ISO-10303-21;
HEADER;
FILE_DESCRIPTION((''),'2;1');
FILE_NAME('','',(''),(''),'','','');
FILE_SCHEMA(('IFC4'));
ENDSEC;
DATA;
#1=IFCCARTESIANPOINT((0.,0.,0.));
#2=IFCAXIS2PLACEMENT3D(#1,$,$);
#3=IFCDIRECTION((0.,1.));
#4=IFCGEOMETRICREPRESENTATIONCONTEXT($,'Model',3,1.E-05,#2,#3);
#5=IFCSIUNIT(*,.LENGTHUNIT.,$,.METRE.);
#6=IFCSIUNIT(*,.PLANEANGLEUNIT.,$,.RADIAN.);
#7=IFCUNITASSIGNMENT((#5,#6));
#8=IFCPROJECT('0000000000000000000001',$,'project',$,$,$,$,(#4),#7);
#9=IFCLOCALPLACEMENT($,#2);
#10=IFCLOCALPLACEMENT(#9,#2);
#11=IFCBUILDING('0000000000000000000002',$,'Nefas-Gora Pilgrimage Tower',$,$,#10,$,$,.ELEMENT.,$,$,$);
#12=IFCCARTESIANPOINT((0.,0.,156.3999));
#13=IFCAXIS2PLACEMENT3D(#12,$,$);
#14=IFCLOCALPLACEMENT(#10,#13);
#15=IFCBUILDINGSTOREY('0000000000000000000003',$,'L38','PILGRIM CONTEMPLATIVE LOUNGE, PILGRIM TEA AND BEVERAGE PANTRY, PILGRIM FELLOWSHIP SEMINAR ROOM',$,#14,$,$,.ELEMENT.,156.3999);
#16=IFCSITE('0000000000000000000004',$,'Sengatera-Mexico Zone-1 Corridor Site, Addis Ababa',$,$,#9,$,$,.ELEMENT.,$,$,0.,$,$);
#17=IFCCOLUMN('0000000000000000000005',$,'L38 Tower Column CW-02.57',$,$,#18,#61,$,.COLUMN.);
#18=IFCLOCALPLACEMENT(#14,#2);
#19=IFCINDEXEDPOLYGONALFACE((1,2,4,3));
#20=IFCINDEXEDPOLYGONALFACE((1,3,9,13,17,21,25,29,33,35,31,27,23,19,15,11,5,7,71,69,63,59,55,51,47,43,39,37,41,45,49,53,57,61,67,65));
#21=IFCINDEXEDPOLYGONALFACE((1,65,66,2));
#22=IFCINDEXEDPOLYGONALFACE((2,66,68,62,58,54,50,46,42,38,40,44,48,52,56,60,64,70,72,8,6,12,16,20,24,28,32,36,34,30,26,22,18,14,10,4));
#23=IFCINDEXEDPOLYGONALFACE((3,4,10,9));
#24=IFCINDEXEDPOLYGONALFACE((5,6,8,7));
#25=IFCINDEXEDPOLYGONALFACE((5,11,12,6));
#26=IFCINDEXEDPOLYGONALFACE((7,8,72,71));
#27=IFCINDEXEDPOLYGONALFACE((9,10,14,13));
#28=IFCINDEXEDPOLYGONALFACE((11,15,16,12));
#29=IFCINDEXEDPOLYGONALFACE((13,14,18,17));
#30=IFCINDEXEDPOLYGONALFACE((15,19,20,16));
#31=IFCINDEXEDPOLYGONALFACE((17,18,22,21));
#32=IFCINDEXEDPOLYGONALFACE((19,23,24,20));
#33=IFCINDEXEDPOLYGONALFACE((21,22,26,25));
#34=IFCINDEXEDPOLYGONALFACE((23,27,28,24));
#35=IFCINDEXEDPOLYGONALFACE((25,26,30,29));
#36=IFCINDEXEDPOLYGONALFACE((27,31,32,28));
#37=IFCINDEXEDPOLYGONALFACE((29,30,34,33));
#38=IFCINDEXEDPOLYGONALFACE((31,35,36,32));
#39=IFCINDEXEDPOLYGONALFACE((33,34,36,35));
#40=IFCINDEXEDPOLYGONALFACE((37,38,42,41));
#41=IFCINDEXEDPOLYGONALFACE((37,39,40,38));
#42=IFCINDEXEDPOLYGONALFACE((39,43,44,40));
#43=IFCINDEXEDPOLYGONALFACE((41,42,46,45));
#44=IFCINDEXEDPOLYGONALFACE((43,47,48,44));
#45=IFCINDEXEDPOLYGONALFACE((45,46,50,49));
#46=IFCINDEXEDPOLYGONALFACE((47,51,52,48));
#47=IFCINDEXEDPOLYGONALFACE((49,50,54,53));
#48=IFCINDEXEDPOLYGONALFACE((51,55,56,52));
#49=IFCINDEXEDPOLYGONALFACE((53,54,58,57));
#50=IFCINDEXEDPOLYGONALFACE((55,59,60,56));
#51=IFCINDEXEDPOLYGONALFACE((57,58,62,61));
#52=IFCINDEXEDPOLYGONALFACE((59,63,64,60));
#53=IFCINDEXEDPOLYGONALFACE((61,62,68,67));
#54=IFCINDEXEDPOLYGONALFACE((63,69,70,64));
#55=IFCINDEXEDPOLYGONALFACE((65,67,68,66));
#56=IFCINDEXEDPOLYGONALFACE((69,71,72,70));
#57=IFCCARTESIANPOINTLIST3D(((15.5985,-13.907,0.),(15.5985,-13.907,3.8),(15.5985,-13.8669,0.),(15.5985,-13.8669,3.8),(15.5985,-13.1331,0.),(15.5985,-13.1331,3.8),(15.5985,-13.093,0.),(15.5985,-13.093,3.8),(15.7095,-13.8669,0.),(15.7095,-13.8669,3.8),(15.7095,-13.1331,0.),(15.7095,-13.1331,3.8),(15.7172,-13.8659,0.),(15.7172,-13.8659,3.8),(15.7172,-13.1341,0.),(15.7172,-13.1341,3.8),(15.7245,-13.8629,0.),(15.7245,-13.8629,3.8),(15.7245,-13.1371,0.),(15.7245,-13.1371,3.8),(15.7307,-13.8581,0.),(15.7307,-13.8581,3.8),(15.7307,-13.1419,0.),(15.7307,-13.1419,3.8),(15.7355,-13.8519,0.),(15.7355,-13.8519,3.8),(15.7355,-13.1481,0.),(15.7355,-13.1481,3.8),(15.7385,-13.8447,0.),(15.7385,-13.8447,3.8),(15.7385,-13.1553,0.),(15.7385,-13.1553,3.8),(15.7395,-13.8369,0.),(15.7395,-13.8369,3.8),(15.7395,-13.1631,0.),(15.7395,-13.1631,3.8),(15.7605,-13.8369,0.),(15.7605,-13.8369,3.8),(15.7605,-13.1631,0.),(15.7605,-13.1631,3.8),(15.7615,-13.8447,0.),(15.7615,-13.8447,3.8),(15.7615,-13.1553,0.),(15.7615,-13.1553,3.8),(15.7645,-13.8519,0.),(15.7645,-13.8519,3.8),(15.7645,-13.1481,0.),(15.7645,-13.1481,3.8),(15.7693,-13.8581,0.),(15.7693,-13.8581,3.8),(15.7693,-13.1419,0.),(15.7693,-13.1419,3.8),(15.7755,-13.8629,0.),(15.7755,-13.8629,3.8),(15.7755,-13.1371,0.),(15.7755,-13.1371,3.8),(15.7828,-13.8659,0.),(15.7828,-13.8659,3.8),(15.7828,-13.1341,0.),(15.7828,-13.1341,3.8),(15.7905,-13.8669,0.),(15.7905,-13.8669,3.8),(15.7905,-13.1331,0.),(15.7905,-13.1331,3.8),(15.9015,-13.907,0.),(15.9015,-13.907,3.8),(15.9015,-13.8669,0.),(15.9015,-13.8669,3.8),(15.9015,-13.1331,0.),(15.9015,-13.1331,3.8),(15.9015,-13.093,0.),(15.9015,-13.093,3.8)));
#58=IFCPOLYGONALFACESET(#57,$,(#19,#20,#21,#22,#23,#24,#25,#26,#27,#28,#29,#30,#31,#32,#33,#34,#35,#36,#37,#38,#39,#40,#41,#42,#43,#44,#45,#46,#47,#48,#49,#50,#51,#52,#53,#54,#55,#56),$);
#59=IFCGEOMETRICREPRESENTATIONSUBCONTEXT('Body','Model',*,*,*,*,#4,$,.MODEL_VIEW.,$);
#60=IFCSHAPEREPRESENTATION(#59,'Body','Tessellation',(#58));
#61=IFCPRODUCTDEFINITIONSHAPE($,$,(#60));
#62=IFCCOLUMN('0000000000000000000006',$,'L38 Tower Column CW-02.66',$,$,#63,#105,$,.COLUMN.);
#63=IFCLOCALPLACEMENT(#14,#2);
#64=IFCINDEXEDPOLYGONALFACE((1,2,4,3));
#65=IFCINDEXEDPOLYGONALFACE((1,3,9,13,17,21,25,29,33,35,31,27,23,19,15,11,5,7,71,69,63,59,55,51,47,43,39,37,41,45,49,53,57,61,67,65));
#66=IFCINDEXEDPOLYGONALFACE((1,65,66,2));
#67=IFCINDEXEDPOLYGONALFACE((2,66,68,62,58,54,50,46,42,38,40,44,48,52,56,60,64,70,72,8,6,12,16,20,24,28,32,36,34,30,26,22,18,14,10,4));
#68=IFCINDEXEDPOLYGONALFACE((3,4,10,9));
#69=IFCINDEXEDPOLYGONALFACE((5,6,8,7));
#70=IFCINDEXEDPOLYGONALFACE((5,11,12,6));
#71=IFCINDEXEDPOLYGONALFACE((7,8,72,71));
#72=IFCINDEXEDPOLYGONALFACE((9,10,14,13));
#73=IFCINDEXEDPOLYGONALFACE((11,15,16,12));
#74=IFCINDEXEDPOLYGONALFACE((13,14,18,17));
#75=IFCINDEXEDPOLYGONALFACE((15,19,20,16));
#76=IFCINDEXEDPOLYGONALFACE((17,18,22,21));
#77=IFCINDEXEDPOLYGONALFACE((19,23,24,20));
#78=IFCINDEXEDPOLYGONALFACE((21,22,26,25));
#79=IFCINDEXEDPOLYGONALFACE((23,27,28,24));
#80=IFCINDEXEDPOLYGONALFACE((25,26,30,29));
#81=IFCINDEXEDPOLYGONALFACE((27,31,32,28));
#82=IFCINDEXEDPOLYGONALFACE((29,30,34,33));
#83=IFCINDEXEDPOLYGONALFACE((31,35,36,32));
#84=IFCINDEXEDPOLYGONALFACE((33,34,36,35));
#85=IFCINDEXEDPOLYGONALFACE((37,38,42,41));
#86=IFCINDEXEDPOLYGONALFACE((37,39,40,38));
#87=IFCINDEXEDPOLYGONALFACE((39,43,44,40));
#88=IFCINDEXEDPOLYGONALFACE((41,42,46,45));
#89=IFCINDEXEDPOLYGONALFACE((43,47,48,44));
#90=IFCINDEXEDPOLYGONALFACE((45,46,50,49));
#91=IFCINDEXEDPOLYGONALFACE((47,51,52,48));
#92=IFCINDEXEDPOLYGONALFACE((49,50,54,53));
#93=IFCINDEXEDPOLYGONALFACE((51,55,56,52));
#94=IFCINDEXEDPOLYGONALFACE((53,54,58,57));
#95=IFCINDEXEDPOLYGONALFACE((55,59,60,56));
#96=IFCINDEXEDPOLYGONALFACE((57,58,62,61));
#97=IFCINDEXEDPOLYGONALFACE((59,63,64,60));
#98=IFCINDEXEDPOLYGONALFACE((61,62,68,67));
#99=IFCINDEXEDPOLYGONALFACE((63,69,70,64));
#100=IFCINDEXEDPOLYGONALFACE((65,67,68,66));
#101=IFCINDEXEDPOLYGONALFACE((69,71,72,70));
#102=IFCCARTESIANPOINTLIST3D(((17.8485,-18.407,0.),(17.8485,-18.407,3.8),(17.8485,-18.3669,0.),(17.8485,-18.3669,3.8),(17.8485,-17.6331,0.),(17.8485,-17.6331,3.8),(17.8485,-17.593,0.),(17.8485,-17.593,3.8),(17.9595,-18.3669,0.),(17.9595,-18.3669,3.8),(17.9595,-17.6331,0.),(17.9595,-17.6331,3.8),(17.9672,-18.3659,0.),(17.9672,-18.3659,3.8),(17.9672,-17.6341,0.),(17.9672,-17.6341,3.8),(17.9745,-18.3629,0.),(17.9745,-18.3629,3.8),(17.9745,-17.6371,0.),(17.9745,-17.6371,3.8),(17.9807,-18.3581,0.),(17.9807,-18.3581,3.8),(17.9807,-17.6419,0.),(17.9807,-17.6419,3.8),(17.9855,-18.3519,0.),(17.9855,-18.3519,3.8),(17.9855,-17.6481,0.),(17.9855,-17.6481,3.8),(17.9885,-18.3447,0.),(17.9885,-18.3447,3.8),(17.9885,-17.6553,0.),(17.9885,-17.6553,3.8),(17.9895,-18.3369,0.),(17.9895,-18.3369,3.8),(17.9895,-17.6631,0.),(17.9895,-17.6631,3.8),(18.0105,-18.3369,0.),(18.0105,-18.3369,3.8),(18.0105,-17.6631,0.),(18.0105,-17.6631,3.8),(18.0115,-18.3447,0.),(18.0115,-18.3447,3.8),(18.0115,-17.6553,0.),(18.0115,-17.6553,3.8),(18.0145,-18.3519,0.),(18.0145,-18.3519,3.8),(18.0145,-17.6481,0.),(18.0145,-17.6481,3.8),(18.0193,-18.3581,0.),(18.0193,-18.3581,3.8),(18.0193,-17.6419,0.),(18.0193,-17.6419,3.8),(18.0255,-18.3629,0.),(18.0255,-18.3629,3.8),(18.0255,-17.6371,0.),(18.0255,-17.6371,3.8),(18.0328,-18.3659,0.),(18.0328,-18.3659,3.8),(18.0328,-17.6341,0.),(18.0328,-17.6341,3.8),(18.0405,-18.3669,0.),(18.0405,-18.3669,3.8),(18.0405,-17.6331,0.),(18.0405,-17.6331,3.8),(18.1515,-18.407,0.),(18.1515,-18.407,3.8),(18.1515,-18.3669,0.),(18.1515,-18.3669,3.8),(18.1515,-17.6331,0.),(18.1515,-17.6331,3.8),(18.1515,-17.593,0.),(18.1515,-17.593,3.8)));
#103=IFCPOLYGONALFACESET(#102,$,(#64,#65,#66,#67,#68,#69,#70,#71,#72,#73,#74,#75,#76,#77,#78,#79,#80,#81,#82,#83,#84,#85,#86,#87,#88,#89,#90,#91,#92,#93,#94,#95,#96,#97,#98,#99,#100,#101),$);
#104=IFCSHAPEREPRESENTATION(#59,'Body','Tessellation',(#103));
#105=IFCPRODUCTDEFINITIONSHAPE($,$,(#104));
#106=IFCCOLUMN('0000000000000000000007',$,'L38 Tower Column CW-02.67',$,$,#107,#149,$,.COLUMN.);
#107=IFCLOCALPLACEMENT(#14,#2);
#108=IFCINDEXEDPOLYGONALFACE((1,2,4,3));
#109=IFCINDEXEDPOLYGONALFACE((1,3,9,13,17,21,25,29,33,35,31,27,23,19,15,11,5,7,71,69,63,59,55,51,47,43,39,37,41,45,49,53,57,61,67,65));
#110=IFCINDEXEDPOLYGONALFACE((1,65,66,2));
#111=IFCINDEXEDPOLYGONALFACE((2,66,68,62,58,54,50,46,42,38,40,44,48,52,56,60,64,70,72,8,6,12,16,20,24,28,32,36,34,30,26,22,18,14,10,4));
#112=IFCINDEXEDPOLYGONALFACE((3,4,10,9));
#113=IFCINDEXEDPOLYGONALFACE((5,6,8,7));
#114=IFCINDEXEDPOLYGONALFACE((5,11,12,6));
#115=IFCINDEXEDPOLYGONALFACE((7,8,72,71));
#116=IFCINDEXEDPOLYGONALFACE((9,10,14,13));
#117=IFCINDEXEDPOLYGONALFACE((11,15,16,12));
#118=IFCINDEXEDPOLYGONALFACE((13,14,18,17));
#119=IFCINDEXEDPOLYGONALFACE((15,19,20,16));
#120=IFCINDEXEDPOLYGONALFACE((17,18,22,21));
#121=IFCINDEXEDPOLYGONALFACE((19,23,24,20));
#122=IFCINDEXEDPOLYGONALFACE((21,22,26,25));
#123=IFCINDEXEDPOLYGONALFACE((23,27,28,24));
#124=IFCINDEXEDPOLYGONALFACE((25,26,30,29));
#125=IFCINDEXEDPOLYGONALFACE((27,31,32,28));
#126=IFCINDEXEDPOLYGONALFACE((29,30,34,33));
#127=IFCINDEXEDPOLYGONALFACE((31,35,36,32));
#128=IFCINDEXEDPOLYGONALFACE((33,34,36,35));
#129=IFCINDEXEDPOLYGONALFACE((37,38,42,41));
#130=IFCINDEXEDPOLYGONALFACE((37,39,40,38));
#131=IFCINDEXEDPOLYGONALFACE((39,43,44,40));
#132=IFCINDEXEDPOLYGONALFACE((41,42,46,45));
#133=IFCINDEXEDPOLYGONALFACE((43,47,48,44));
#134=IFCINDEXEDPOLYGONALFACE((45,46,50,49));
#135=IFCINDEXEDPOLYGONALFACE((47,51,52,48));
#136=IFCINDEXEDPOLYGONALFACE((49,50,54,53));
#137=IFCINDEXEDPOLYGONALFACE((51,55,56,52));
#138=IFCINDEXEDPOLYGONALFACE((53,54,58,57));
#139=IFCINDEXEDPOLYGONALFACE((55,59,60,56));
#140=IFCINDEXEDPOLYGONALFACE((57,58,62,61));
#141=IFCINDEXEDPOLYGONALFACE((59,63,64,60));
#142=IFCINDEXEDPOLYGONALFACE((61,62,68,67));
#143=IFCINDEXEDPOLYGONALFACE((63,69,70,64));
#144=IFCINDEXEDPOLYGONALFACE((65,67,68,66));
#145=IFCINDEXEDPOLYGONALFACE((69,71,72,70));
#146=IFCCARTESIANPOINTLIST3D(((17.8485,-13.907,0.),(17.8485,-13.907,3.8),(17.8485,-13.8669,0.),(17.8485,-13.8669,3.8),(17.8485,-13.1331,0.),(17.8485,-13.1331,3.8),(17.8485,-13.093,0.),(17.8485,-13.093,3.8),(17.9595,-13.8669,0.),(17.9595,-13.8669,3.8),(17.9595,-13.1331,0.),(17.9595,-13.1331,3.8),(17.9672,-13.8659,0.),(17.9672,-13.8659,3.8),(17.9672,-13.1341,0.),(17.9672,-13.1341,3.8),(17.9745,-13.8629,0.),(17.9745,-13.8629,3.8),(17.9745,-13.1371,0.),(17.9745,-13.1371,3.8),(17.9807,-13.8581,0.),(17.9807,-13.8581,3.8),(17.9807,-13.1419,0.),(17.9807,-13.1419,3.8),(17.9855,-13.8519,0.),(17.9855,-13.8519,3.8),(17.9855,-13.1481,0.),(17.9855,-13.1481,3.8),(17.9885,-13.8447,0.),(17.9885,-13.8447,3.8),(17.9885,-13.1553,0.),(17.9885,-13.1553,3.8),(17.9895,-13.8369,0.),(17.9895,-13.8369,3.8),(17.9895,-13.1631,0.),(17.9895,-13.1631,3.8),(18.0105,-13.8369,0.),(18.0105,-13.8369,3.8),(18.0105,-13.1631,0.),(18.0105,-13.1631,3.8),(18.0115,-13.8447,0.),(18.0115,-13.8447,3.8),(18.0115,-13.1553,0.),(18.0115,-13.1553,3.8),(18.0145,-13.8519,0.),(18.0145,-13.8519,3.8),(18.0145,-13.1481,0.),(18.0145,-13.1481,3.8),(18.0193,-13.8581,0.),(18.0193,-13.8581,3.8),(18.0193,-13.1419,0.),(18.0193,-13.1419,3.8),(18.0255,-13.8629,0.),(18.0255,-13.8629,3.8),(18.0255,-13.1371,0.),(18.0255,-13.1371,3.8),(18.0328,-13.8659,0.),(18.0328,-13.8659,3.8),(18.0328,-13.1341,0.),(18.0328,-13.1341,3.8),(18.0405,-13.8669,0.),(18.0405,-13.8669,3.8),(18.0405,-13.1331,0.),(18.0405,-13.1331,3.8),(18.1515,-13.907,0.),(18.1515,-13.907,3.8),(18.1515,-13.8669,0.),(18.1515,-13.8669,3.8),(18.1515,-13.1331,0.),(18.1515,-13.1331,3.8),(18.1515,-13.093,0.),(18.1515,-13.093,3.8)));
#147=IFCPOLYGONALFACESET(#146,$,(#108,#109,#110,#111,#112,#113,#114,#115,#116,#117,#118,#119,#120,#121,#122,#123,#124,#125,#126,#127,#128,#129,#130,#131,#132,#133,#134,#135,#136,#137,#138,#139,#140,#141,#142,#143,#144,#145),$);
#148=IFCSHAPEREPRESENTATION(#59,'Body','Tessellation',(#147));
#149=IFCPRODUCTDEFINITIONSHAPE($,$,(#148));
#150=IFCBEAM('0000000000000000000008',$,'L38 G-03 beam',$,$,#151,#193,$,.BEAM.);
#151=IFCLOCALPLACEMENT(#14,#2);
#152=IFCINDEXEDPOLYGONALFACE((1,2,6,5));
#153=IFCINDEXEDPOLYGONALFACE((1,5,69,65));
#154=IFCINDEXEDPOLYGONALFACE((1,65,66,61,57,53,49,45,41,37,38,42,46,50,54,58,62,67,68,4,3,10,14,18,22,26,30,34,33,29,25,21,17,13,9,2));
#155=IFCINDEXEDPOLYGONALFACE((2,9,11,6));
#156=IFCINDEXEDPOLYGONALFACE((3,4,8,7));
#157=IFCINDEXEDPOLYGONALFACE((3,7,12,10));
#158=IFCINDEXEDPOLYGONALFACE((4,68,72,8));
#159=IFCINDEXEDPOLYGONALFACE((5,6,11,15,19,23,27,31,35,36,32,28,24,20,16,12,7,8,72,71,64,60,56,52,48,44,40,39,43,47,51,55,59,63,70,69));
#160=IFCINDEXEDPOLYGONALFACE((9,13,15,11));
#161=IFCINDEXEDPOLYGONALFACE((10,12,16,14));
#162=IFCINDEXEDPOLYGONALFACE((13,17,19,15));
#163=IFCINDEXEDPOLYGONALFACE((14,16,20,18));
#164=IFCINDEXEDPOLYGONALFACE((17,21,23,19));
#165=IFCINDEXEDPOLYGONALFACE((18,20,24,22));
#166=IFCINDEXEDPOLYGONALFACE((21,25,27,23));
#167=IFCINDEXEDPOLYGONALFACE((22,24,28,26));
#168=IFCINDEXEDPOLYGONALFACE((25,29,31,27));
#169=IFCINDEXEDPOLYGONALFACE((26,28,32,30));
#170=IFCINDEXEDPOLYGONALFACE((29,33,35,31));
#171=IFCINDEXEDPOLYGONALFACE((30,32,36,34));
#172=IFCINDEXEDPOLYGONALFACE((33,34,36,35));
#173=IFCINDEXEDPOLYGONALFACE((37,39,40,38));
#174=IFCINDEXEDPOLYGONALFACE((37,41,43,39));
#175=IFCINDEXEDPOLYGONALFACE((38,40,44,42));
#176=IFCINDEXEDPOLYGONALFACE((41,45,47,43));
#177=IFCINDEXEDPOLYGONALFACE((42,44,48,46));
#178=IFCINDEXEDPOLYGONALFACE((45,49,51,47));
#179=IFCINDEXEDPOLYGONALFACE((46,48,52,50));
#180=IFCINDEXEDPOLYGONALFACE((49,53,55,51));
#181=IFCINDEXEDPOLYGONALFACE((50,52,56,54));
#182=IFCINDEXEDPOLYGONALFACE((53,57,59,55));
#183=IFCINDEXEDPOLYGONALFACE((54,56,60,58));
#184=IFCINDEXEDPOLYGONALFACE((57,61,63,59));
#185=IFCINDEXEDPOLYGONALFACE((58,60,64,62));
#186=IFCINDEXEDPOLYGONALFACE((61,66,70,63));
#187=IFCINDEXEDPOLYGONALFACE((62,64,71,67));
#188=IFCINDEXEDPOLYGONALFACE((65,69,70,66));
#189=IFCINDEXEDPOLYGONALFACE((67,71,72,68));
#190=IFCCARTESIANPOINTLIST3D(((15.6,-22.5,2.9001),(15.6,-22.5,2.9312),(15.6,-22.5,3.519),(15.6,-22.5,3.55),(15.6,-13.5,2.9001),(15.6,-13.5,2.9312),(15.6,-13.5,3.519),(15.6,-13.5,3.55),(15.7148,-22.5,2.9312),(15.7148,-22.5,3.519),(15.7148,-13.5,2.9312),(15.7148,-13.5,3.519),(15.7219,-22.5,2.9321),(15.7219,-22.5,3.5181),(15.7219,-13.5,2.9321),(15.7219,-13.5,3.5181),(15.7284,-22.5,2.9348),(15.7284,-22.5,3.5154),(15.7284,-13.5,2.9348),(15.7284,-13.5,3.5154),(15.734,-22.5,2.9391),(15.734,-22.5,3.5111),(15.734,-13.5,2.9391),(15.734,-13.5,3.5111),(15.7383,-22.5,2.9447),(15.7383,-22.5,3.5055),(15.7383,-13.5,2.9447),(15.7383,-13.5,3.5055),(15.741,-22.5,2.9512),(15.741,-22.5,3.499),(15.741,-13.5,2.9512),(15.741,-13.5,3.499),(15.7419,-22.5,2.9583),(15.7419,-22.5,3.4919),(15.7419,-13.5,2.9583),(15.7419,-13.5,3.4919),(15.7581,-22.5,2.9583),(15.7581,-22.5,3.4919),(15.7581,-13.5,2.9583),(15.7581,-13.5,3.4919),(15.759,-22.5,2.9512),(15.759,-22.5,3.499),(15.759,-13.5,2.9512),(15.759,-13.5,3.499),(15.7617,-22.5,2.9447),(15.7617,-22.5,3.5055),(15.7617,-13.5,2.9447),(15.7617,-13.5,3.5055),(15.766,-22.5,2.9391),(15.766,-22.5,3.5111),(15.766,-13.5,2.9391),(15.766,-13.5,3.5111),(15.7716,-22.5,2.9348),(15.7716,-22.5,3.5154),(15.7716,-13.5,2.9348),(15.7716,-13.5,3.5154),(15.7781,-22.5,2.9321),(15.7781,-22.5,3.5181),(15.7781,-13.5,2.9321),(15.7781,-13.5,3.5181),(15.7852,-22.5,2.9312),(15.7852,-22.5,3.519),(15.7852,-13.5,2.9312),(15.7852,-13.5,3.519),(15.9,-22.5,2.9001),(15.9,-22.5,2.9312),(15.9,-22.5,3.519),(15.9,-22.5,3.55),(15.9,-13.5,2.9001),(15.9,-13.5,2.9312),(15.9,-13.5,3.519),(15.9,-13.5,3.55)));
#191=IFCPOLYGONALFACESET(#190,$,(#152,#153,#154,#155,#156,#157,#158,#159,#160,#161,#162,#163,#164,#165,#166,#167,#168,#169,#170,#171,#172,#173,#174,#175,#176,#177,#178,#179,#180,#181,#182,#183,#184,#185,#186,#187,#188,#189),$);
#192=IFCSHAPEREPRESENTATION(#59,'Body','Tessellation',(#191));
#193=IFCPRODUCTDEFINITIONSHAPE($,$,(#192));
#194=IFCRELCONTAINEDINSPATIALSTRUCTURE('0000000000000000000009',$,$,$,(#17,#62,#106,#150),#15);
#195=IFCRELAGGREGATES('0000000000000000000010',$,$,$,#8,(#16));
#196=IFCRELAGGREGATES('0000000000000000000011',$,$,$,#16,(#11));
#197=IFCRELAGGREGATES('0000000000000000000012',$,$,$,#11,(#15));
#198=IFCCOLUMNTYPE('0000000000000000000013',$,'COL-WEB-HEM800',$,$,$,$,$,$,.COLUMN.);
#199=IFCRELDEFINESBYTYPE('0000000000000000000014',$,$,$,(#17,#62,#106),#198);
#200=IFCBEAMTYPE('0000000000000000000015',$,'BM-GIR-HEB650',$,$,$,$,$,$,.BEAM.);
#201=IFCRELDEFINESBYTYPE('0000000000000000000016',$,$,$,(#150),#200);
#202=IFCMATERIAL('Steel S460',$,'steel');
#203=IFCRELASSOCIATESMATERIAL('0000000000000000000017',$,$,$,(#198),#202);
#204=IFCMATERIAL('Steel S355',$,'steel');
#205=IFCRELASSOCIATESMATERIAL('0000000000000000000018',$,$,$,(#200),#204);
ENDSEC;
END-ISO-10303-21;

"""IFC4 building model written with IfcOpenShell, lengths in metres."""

from ifc_helpers import new_model, si_unit, direction, frame, origin, origin_2d, place, context, subcontext, project, spatial, i_section, extrude, source, transform, mapped, material, material_profile, profile_set, type_object, element, save


model = new_model("IFC4")

# Units and contexts
model_context = context("Model", 3, precision=1e-05, world=origin(), true_north=direction((0.0, 1.0)))
body_context = subcontext(model_context, "Body", "Model", "MODEL_VIEW")
ifc_project = project(units=[si_unit("LENGTHUNIT", "METRE"), si_unit("PLANEANGLEUNIT", "RADIAN")], contexts=[model_context])

# Site, building, storey
site_placement = place(None, origin())
site = spatial("IfcSite", under=ifc_project, at=site_placement, Name="Sengatera-Mexico Zone-1 Corridor Site, Addis Ababa", CompositionType="ELEMENT", RefElevation=0.0)
building_placement = place(site_placement, origin())
building = spatial("IfcBuilding", under=site, at=building_placement, Name="Nefas-Gora Pilgrimage Tower", CompositionType="ELEMENT")
storey_placement = place(building_placement, frame((0.0, 0.0, 156.3999)))
storey = spatial("IfcBuildingStorey", under=building, at=storey_placement, Name="L38", Description="PILGRIM CONTEMPLATIVE LOUNGE, PILGRIM TEA AND BEVERAGE PANTRY, PILGRIM FELLOWSHIP SEMINAR ROOM", CompositionType="ELEMENT", Elevation=156.3999)

# Columns
ifc_material_1 = material(Name="Steel S460", Category="steel")
ifc_material_profile_1 = material_profile(ifc_material_1, i_section(OverallWidth=0.303, OverallDepth=0.814, WebThickness=0.021, FlangeThickness=0.04, FilletRadius=0.03, at=origin_2d()), Name="HEM 800")
ifc_profile_set_1 = profile_set([ifc_material_profile_1], Name="Steel S460")
column_type_1 = type_object("IfcColumnType", Name="COL-WEB-HEM800", PredefinedType="COLUMN", material=ifc_profile_set_1)
shared_shape_1 = source(origin(), body_context, "Body", "SweptSolid", [
    extrude(i_section(OverallWidth=0.303, OverallDepth=0.814, WebThickness=0.021, FlangeThickness=0.04, FilletRadius=0.03, at=origin_2d()), origin(), (0.0, 0.0, 1.0), 3.8),
])
for number, where, z_axis, x_axis, name in (
    (1, (15.75, -13.5, 0.0), (0.0, 0.0, 1.0), (1.0, 0.0, 0.0), "L38 Tower Column CW-02.57"),
    (2, (18.0, -18.0, 0.0), (0.0, 0.0, 1.0), (1.0, 0.0, 0.0), "L38 Tower Column CW-02.66"),
    (3, (18.0, -13.5, 0.0), (0.0, 0.0, 1.0), (1.0, 0.0, 0.0), "L38 Tower Column CW-02.67"),
):
    element("IfcColumn", number, at=place(storey_placement, frame(where, z_axis=z_axis, x_axis=x_axis)), inside=storey, type_object=column_type_1, Name=name, PredefinedType="COLUMN", context=body_context, shape_type="MappedRepresentation", body=[
        mapped(shared_shape_1, transform((0.0, 0.0, 0.0), x_axis=(1.0, 0.0, 0.0), y_axis=(0.0, 1.0, 0.0), z_axis=(0.0, 0.0, 1.0), scale=1.0)),
    ])

# Beam
ifc_material_2 = material(Name="Steel S355", Category="steel")
ifc_material_profile_2 = material_profile(ifc_material_2, i_section(OverallWidth=0.3, OverallDepth=0.6499, WebThickness=0.0161, FlangeThickness=0.031, FilletRadius=0.0271, at=origin_2d()), Name="HEB 650")
ifc_profile_set_2 = profile_set([ifc_material_profile_2], Name="Steel S355")
beam_type_1 = type_object("IfcBeamType", Name="BM-GIR-HEB650", PredefinedType="BEAM", material=ifc_profile_set_2)
shared_shape_2 = source(origin(), body_context, "Body", "SweptSolid", [
    extrude(i_section(OverallWidth=0.3, OverallDepth=0.6499, WebThickness=0.0161, FlangeThickness=0.031, FilletRadius=0.0271, at=origin_2d()), origin(), (0.0, 0.0, 1.0), 9.0),
])
beam_1_placement = place(storey_placement, frame((15.75, -22.5, 3.2251), z_axis=(0.0, 1.0, 0.0), x_axis=(-1.0, 0.0, 0.0)))
element("IfcBeam", 4, at=beam_1_placement, inside=storey, type_object=beam_type_1, Name="L38 G-03 beam", PredefinedType="BEAM", context=body_context, shape_type="MappedRepresentation", body=[
    mapped(shared_shape_2, transform((0.0, 0.0, 0.0), x_axis=(1.0, 0.0, 0.0), y_axis=(0.0, 1.0, 0.0), z_axis=(0.0, 0.0, 1.0), scale=1.0)),
])

save(model, "model.ifc")
